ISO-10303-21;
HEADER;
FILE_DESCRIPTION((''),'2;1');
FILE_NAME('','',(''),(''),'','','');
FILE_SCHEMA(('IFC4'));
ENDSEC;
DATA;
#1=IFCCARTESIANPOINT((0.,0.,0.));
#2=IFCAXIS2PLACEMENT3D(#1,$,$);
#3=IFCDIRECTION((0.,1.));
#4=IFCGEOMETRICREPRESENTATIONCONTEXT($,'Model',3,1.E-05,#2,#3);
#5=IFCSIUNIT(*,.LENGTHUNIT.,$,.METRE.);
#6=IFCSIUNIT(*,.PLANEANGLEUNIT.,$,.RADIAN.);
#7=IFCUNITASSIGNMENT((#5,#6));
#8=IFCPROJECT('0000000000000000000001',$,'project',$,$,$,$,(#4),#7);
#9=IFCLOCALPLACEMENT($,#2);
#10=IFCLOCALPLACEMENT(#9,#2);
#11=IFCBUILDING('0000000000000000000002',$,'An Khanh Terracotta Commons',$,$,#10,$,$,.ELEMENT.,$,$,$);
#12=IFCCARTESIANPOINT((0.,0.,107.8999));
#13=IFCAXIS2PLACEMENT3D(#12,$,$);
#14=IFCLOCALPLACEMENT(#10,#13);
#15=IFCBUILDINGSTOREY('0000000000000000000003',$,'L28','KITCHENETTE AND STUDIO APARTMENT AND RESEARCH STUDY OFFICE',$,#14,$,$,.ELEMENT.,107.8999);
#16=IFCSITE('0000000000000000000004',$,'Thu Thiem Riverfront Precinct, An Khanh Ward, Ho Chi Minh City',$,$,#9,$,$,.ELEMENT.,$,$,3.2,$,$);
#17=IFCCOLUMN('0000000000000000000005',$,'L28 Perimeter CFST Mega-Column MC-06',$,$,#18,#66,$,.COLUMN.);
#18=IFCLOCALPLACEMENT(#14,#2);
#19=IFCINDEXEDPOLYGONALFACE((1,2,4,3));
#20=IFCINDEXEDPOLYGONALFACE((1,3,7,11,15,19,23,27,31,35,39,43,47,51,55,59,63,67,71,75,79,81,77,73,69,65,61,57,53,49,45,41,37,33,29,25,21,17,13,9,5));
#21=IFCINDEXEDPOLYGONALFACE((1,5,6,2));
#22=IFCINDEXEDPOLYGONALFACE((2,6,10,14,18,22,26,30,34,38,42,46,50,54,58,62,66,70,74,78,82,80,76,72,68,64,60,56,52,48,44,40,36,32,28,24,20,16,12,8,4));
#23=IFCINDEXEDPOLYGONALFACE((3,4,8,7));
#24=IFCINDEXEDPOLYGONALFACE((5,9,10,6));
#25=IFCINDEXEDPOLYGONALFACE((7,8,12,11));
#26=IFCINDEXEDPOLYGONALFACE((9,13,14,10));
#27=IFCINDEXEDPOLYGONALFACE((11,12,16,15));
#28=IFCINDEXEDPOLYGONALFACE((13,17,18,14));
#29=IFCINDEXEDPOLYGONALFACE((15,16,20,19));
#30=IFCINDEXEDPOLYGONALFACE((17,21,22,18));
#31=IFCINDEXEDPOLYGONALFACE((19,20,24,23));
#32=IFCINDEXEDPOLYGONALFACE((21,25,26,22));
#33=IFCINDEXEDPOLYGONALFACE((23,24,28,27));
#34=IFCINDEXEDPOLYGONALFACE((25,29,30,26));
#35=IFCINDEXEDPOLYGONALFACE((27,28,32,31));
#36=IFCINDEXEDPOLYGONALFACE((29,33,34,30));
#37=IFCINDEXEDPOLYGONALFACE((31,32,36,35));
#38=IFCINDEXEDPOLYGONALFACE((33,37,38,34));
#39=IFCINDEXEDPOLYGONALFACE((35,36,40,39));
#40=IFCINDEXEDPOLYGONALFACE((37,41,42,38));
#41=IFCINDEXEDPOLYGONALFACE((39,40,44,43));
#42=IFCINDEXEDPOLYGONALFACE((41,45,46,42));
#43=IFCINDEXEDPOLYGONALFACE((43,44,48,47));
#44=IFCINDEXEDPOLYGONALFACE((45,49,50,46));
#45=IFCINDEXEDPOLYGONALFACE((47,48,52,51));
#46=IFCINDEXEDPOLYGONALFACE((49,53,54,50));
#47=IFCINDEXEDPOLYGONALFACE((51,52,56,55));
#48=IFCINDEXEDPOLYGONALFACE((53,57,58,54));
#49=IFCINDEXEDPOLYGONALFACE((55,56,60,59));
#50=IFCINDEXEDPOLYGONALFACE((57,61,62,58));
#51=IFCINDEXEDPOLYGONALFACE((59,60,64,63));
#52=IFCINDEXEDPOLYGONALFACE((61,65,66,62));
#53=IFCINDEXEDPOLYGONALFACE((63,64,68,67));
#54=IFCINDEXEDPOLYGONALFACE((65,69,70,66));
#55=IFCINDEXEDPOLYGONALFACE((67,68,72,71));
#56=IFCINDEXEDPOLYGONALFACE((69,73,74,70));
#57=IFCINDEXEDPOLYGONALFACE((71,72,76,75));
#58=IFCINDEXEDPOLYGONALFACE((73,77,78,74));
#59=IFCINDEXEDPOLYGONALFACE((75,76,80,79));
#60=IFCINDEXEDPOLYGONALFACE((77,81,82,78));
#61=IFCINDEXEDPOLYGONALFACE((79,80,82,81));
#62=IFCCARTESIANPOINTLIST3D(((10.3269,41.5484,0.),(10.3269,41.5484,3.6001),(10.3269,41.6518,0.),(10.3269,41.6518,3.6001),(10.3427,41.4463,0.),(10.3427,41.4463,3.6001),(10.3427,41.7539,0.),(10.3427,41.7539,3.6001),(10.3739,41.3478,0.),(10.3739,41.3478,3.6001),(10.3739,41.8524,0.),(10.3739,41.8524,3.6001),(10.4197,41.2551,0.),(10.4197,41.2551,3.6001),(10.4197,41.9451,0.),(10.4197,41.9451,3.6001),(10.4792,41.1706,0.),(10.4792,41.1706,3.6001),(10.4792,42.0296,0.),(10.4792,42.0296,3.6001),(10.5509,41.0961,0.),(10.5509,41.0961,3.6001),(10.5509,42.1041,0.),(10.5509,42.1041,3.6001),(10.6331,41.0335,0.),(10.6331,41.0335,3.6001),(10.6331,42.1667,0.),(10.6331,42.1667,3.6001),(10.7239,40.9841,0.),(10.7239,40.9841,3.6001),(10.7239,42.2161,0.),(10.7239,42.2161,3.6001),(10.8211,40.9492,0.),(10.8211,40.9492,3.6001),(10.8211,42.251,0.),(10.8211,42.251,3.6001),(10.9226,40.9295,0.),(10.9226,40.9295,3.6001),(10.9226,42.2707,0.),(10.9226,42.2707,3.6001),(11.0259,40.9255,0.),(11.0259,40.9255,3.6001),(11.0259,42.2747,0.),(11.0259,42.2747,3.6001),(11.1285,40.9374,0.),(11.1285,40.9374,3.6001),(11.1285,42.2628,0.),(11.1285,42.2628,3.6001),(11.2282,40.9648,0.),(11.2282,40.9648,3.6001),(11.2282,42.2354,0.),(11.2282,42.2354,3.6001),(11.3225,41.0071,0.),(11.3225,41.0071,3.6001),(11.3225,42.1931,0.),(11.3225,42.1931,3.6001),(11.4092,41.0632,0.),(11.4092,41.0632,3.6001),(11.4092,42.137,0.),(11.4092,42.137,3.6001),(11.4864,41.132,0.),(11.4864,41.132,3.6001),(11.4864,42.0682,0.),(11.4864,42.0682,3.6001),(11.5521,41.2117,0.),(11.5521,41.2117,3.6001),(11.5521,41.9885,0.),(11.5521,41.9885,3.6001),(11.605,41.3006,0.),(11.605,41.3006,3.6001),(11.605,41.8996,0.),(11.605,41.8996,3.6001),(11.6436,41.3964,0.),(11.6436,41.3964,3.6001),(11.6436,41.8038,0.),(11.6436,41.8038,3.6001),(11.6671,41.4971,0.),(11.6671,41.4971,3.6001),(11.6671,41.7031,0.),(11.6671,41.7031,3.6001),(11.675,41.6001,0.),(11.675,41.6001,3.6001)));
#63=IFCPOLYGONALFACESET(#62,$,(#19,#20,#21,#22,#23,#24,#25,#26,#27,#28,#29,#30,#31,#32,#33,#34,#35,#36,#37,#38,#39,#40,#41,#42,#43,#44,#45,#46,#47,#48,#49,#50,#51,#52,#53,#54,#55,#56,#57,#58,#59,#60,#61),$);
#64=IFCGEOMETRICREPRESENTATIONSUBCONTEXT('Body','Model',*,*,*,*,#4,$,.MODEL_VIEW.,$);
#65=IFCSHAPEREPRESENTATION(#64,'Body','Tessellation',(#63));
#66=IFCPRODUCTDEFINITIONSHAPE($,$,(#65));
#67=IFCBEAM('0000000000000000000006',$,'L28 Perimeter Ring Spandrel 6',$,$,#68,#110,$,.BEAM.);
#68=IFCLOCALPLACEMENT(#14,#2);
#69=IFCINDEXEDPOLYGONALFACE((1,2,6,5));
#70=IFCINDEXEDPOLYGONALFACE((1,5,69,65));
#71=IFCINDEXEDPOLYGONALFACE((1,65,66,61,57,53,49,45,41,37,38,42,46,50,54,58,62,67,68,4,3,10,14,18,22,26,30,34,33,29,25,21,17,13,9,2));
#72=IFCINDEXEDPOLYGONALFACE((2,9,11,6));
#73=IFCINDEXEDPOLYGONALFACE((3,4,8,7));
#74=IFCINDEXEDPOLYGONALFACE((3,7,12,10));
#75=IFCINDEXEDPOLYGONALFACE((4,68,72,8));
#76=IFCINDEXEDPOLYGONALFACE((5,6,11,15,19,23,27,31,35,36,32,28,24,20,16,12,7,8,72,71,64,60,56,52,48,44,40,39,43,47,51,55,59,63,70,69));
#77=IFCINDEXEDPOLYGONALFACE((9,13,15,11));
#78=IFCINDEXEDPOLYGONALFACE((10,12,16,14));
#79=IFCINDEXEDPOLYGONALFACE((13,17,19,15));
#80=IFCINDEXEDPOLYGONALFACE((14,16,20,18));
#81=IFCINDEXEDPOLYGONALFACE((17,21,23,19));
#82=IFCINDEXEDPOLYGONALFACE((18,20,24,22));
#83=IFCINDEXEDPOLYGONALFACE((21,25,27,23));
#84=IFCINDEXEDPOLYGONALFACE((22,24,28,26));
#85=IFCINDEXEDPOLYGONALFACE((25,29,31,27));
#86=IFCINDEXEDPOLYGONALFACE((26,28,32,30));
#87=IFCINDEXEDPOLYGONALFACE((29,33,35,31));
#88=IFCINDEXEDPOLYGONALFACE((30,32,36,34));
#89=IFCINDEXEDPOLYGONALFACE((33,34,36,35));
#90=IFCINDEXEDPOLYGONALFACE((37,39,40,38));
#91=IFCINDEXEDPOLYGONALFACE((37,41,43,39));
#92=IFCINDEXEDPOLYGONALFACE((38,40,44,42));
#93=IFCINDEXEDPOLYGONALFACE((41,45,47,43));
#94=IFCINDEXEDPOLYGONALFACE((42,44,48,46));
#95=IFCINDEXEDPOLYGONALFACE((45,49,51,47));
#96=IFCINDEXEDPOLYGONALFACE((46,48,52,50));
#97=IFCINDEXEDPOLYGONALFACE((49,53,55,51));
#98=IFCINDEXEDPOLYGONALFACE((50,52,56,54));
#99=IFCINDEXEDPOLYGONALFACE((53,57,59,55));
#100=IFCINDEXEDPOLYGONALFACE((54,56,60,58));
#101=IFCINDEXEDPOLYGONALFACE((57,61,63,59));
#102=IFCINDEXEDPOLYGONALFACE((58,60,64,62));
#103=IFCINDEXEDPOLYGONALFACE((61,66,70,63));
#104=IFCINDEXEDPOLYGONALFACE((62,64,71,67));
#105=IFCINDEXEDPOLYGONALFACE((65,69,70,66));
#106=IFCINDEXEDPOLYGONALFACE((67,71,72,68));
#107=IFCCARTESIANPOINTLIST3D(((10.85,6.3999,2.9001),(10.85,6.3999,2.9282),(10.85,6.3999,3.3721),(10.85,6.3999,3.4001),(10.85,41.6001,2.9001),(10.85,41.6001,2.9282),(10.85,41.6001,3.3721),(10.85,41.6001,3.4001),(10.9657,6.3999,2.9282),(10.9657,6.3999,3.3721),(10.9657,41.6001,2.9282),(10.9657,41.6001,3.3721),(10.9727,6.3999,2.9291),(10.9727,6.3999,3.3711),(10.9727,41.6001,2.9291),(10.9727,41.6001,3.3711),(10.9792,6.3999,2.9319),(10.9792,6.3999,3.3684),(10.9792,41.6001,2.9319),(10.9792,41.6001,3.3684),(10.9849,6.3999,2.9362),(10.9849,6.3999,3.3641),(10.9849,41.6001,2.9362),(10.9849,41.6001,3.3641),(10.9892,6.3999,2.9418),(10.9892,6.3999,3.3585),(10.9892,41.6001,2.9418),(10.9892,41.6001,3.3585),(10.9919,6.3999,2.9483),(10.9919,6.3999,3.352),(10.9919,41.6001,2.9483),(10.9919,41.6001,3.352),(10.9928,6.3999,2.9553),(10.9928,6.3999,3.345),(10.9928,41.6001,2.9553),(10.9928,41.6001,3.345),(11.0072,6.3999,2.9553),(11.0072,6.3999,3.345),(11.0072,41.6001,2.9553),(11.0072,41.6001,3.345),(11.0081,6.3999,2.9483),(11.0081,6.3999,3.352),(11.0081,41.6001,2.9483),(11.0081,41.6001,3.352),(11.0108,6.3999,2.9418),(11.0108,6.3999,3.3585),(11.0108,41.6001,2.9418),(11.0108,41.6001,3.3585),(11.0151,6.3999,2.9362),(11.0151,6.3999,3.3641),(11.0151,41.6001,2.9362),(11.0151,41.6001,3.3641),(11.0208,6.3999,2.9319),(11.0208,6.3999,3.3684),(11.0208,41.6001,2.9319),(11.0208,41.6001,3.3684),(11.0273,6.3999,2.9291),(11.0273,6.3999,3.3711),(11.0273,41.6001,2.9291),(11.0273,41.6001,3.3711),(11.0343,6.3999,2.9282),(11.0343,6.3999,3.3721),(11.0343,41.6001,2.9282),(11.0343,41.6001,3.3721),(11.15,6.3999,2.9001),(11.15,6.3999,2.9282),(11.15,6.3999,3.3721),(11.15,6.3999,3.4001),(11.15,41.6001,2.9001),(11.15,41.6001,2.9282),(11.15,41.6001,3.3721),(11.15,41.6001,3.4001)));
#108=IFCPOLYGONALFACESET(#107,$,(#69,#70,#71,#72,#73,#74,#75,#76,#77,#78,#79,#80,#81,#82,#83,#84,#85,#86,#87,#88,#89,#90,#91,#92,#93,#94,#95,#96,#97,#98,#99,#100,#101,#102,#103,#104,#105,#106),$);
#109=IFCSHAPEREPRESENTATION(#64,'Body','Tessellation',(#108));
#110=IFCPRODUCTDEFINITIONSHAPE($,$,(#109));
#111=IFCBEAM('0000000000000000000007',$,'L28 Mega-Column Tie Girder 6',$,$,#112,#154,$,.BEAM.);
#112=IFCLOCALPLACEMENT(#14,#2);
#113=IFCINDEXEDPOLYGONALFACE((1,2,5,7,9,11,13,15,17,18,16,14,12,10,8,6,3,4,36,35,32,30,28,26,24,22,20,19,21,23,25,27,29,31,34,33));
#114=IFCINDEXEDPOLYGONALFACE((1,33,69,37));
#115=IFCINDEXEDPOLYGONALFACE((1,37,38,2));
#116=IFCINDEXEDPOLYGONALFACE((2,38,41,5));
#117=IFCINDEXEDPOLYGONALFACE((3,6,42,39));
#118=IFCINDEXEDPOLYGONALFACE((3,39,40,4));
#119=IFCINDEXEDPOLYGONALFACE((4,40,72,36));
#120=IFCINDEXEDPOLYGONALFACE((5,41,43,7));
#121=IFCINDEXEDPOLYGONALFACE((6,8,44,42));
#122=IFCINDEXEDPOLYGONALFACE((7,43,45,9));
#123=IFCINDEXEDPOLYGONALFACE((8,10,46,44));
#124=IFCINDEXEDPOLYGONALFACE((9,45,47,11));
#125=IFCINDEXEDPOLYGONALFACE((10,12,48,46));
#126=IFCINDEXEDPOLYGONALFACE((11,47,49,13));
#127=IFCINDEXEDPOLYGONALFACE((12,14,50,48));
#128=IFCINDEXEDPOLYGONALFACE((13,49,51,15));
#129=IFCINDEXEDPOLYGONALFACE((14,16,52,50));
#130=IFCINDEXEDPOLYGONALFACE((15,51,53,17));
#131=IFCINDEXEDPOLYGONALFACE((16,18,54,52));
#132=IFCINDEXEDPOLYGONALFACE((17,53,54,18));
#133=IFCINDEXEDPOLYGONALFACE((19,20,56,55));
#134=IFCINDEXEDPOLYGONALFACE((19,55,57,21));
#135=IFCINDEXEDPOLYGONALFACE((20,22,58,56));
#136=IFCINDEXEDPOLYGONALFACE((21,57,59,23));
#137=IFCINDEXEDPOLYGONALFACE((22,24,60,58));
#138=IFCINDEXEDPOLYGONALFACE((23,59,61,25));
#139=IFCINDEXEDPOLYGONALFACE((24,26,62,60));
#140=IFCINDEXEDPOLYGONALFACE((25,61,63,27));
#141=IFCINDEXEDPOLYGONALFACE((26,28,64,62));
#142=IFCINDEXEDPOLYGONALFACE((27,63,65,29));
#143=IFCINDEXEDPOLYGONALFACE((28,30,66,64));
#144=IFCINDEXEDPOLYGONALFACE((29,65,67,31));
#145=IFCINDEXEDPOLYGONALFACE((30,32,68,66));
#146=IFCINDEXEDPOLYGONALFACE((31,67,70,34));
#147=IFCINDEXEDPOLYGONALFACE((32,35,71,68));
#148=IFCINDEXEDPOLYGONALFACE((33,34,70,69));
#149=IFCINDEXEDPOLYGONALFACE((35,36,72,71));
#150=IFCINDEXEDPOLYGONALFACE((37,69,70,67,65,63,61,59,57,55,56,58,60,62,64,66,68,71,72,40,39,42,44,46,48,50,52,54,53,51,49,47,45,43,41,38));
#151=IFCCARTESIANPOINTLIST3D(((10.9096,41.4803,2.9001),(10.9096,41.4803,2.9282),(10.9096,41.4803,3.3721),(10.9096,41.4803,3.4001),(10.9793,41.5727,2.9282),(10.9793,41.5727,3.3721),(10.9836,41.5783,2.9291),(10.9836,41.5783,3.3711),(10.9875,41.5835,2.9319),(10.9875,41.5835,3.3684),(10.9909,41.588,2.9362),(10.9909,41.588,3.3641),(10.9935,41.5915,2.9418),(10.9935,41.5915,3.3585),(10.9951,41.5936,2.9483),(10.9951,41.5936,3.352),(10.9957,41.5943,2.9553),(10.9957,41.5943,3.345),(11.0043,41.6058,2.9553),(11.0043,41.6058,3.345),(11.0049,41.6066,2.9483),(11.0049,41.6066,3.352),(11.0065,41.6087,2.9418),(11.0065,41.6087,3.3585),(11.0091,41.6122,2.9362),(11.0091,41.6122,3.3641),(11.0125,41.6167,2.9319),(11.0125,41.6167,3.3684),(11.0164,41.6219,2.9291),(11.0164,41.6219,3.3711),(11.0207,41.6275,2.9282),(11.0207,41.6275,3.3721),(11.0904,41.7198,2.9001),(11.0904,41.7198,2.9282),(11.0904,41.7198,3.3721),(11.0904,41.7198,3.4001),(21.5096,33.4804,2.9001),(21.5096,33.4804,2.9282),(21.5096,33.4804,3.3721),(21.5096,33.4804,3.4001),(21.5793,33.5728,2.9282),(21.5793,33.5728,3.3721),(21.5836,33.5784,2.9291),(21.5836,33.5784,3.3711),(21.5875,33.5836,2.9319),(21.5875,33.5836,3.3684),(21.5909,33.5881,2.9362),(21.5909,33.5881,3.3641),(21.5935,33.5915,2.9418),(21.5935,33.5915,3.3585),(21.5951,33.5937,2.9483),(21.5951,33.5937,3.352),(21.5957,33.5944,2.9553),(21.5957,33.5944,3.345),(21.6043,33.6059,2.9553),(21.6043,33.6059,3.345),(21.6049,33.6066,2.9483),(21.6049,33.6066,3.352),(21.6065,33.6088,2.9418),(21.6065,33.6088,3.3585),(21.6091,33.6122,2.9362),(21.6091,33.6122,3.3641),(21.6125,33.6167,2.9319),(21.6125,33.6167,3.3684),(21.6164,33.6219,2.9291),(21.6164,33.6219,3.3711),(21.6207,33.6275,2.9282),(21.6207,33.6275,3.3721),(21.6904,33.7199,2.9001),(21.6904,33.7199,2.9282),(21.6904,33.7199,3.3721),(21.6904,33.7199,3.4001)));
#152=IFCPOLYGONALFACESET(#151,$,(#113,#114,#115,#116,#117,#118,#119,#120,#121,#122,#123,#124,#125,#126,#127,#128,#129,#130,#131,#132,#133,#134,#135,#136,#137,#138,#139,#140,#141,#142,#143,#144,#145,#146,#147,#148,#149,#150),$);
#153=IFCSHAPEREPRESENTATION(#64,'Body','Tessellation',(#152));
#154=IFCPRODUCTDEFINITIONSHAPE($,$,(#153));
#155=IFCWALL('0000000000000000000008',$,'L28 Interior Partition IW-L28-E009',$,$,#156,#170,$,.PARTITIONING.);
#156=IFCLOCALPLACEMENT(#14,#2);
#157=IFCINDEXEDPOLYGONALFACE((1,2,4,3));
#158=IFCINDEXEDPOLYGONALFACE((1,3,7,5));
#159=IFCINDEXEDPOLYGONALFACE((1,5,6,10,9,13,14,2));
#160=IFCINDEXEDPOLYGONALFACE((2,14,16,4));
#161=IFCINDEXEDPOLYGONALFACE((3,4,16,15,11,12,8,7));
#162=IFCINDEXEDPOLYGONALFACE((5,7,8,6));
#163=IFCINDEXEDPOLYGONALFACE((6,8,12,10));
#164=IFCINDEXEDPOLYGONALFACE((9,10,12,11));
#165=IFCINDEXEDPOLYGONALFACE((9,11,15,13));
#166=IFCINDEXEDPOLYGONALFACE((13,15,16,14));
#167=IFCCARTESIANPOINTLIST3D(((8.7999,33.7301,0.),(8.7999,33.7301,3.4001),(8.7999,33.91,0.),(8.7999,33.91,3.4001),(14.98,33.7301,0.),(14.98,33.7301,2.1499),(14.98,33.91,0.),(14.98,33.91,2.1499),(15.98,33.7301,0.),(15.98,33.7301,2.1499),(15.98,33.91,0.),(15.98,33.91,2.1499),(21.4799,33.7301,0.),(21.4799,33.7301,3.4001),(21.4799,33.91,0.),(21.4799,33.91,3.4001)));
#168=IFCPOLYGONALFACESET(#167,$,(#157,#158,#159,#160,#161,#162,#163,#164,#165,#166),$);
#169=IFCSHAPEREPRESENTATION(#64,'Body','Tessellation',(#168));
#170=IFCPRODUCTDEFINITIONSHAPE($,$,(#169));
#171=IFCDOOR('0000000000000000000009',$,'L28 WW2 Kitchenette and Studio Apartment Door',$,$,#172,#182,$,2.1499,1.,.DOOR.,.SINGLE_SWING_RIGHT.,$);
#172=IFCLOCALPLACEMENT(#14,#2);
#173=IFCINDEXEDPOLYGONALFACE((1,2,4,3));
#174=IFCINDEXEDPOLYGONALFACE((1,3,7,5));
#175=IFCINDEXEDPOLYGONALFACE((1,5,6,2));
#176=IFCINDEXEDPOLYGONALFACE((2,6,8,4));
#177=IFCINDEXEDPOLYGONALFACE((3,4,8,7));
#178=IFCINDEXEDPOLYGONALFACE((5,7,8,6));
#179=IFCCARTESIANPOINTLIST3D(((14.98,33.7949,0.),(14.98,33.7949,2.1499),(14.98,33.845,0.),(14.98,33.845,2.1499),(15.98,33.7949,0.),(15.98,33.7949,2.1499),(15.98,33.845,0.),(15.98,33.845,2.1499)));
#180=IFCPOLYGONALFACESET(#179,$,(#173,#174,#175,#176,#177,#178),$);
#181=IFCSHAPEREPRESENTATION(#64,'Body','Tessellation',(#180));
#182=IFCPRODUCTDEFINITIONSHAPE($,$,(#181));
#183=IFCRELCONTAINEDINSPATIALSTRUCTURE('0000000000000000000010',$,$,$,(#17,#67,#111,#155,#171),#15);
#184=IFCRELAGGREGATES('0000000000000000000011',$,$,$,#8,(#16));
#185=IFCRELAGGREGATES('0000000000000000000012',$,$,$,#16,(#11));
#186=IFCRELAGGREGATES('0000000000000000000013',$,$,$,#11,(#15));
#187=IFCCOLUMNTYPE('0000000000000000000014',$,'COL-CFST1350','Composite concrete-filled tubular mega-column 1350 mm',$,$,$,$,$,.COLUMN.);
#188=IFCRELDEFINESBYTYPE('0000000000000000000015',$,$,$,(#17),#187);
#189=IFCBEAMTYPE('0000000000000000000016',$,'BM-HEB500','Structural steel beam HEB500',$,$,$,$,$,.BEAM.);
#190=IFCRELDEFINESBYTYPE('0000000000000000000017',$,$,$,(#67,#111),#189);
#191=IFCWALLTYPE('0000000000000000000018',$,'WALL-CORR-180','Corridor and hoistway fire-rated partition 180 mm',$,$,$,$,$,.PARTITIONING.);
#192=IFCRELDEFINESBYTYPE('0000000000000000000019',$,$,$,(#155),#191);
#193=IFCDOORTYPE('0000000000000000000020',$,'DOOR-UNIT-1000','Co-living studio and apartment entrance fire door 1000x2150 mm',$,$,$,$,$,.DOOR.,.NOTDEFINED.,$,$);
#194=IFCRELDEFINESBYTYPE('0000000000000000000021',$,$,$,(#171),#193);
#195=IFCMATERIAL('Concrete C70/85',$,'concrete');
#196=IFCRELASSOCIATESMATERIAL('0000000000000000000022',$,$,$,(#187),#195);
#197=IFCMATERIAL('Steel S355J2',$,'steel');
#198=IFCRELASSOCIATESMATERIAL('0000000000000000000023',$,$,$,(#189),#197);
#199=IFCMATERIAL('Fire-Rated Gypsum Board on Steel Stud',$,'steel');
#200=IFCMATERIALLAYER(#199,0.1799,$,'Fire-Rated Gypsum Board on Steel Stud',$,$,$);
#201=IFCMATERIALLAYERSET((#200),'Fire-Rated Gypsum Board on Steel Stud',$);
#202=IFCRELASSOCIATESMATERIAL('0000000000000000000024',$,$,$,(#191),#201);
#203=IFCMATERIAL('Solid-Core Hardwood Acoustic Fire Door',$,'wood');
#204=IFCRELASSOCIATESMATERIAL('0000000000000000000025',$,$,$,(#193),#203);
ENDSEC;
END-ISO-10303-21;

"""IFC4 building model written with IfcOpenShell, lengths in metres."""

from ifc_helpers import new_model, si_unit, direction, frame, frame_2d, origin, origin_2d, place, context, subcontext, project, spatial, rectangle, circle, i_section, extrude, material, layer, layer_set, material_profile, profile_set, type_object, element, fill, save


model = new_model("IFC4")

# Units and contexts
model_context = context("Model", 3, precision=1e-05, world=origin(), true_north=direction((0.0, 1.0)))
body_context = subcontext(model_context, "Body", "Model", "MODEL_VIEW")
ifc_project = project(units=[si_unit("LENGTHUNIT", "METRE"), si_unit("PLANEANGLEUNIT", "RADIAN")], contexts=[model_context])

# Site, building, storey
site_placement = place(None, origin())
site = spatial("IfcSite", under=ifc_project, at=site_placement, Name="Thu Thiem Riverfront Precinct, An Khanh Ward, Ho Chi Minh City", CompositionType="ELEMENT", RefElevation=3.2)
building_placement = place(site_placement, origin())
building = spatial("IfcBuilding", under=site, at=building_placement, Name="An Khanh Terracotta Commons", CompositionType="ELEMENT")
storey_placement = place(building_placement, frame((0.0, 0.0, 107.8999)))
storey = spatial("IfcBuildingStorey", under=building, at=storey_placement, Name="L28", Description="KITCHENETTE AND STUDIO APARTMENT AND RESEARCH STUDY OFFICE", CompositionType="ELEMENT", Elevation=107.8999)

# Column
ifc_material_1 = material(Name="Concrete C70/85", Category="concrete")
ifc_material_profile_1 = material_profile(ifc_material_1, circle(Radius=0.675, at=origin_2d()), Name="CFST1350")
ifc_profile_set_1 = profile_set([ifc_material_profile_1], Name="Concrete C70/85")
column_type = type_object("IfcColumnType", Name="COL-CFST1350", Description="Composite concrete-filled tubular mega-column 1350 mm", PredefinedType="COLUMN", material=ifc_profile_set_1)
column_placement = place(storey_placement, frame((11.0, 41.6001, 0.0), z_axis=(0.0, 0.0, 1.0), x_axis=(1.0, 0.0, 0.0)))
element("IfcColumn", 1, at=column_placement, inside=storey, type_object=column_type, Name="L28 Perimeter CFST Mega-Column MC-06", PredefinedType="COLUMN", context=body_context, shape_type="SweptSolid", body=[
    extrude(circle(Radius=0.675, at=origin_2d()), origin(), (0.0, 0.0, 1.0), 3.6001),
])

# Beams
ifc_material_2 = material(Name="Steel S355J2", Category="steel")
ifc_material_profile_2 = material_profile(ifc_material_2, i_section(OverallWidth=0.3, OverallDepth=0.5, WebThickness=0.0144, FlangeThickness=0.0281, FilletRadius=0.0271, at=origin_2d()), Name="HEB500")
ifc_profile_set_2 = profile_set([ifc_material_profile_2], Name="Steel S355J2")
beam_type = type_object("IfcBeamType", Name="BM-HEB500", Description="Structural steel beam HEB500", PredefinedType="BEAM", material=ifc_profile_set_2)
beam_1_placement = place(storey_placement, frame((11.0, 41.6001, 3.1501), z_axis=(0.0, -1.0, 0.0), x_axis=(1.0, 0.0, 0.0)))
element("IfcBeam", 2, at=beam_1_placement, inside=storey, type_object=beam_type, Name="L28 Perimeter Ring Spandrel 6", PredefinedType="BEAM", context=body_context, shape_type="SweptSolid", body=[
    extrude(i_section(OverallWidth=0.3, OverallDepth=0.5, WebThickness=0.0144, FlangeThickness=0.0281, FilletRadius=0.0271, at=origin_2d()), origin(), (0.0, 0.0, 1.0), 35.2002),
])
beam_2_placement = place(storey_placement, frame((11.0, 41.6001, 3.1501), z_axis=(0.798192, -0.602403, 0.0), x_axis=(0.602403, 0.798192, 0.0)))
element("IfcBeam", 3, at=beam_2_placement, inside=storey, type_object=beam_type, Name="L28 Mega-Column Tie Girder 6", PredefinedType="BEAM", context=body_context, shape_type="SweptSolid", body=[
    extrude(i_section(OverallWidth=0.3, OverallDepth=0.5, WebThickness=0.0144, FlangeThickness=0.0281, FilletRadius=0.0271, at=origin_2d()), origin(), (0.0, 0.0, 1.0), 13.28),
])

# Wall, opening, door
ifc_material_3 = material(Name="Fire-Rated Gypsum Board on Steel Stud", Category="steel")
ifc_layer_1 = layer(ifc_material_3, 0.1799, Name="Fire-Rated Gypsum Board on Steel Stud")
ifc_layer_set_1 = layer_set([ifc_layer_1], Name="Fire-Rated Gypsum Board on Steel Stud")
wall_type_1 = type_object("IfcWallType", Name="WALL-CORR-180", Description="Corridor and hoistway fire-rated partition 180 mm", PredefinedType="PARTITIONING", material=ifc_layer_set_1)
wall_1_placement = place(storey_placement, frame((8.8, 33.8201, 0.0), z_axis=(0.0, 0.0, 1.0), x_axis=(1.0, 0.0, 0.0)))
wall_1 = element("IfcWall", 4, at=wall_1_placement, inside=storey, type_object=wall_type_1, Name="L28 Interior Partition IW-L28-E009", PredefinedType="PARTITIONING", context=body_context, shape_type="SweptSolid", body=[
    extrude(rectangle(XDim=12.6799, YDim=0.1799, at=frame_2d((6.3398, 0.0))), origin(), (0.0, 0.0, 1.0), 3.4001),
])
opening_1_placement = place(wall_1_placement, frame((6.1799, 0.0, 0.0)))
opening_1 = element("IfcOpeningElement", 5, at=opening_1_placement, cuts=wall_1, PredefinedType="OPENING", context=body_context, shape_type="SweptSolid", body=[
    extrude(rectangle(XDim=1.0, YDim=2.1499, at=frame_2d((0.5, 1.075))), frame((0.0, 0.0999, 0.0), z_axis=(0.0, -1.0, 0.0), x_axis=(1.0, 0.0, 0.0)), (0.0, 0.0, 1.0), 0.2),
])
ifc_material_4 = material(Name="Solid-Core Hardwood Acoustic Fire Door", Category="wood")
door_type_1 = type_object("IfcDoorType", Name="DOOR-UNIT-1000", Description="Co-living studio and apartment entrance fire door 1000x2150 mm", OperationType="NOTDEFINED", PredefinedType="DOOR", material=ifc_material_4)
door_1_placement = place(opening_1_placement, origin())
door_1 = element("IfcDoor", 6, at=door_1_placement, inside=storey, type_object=door_type_1, Name="L28 WW2 Kitchenette and Studio Apartment Door", OperationType="SINGLE_SWING_RIGHT", OverallHeight=2.1499, OverallWidth=1.0, PredefinedType="DOOR", context=body_context, shape_type="SweptSolid", body=[
    extrude(rectangle(XDim=1.0, YDim=2.1499, at=frame_2d((0.5, 1.075))), frame((0.0, 0.0249, 0.0), z_axis=(0.0, -1.0, 0.0), x_axis=(1.0, 0.0, 0.0)), (0.0, 0.0, 1.0), 0.05),
])
fill(opening_1, door_1)

save(model, "model.ifc")
